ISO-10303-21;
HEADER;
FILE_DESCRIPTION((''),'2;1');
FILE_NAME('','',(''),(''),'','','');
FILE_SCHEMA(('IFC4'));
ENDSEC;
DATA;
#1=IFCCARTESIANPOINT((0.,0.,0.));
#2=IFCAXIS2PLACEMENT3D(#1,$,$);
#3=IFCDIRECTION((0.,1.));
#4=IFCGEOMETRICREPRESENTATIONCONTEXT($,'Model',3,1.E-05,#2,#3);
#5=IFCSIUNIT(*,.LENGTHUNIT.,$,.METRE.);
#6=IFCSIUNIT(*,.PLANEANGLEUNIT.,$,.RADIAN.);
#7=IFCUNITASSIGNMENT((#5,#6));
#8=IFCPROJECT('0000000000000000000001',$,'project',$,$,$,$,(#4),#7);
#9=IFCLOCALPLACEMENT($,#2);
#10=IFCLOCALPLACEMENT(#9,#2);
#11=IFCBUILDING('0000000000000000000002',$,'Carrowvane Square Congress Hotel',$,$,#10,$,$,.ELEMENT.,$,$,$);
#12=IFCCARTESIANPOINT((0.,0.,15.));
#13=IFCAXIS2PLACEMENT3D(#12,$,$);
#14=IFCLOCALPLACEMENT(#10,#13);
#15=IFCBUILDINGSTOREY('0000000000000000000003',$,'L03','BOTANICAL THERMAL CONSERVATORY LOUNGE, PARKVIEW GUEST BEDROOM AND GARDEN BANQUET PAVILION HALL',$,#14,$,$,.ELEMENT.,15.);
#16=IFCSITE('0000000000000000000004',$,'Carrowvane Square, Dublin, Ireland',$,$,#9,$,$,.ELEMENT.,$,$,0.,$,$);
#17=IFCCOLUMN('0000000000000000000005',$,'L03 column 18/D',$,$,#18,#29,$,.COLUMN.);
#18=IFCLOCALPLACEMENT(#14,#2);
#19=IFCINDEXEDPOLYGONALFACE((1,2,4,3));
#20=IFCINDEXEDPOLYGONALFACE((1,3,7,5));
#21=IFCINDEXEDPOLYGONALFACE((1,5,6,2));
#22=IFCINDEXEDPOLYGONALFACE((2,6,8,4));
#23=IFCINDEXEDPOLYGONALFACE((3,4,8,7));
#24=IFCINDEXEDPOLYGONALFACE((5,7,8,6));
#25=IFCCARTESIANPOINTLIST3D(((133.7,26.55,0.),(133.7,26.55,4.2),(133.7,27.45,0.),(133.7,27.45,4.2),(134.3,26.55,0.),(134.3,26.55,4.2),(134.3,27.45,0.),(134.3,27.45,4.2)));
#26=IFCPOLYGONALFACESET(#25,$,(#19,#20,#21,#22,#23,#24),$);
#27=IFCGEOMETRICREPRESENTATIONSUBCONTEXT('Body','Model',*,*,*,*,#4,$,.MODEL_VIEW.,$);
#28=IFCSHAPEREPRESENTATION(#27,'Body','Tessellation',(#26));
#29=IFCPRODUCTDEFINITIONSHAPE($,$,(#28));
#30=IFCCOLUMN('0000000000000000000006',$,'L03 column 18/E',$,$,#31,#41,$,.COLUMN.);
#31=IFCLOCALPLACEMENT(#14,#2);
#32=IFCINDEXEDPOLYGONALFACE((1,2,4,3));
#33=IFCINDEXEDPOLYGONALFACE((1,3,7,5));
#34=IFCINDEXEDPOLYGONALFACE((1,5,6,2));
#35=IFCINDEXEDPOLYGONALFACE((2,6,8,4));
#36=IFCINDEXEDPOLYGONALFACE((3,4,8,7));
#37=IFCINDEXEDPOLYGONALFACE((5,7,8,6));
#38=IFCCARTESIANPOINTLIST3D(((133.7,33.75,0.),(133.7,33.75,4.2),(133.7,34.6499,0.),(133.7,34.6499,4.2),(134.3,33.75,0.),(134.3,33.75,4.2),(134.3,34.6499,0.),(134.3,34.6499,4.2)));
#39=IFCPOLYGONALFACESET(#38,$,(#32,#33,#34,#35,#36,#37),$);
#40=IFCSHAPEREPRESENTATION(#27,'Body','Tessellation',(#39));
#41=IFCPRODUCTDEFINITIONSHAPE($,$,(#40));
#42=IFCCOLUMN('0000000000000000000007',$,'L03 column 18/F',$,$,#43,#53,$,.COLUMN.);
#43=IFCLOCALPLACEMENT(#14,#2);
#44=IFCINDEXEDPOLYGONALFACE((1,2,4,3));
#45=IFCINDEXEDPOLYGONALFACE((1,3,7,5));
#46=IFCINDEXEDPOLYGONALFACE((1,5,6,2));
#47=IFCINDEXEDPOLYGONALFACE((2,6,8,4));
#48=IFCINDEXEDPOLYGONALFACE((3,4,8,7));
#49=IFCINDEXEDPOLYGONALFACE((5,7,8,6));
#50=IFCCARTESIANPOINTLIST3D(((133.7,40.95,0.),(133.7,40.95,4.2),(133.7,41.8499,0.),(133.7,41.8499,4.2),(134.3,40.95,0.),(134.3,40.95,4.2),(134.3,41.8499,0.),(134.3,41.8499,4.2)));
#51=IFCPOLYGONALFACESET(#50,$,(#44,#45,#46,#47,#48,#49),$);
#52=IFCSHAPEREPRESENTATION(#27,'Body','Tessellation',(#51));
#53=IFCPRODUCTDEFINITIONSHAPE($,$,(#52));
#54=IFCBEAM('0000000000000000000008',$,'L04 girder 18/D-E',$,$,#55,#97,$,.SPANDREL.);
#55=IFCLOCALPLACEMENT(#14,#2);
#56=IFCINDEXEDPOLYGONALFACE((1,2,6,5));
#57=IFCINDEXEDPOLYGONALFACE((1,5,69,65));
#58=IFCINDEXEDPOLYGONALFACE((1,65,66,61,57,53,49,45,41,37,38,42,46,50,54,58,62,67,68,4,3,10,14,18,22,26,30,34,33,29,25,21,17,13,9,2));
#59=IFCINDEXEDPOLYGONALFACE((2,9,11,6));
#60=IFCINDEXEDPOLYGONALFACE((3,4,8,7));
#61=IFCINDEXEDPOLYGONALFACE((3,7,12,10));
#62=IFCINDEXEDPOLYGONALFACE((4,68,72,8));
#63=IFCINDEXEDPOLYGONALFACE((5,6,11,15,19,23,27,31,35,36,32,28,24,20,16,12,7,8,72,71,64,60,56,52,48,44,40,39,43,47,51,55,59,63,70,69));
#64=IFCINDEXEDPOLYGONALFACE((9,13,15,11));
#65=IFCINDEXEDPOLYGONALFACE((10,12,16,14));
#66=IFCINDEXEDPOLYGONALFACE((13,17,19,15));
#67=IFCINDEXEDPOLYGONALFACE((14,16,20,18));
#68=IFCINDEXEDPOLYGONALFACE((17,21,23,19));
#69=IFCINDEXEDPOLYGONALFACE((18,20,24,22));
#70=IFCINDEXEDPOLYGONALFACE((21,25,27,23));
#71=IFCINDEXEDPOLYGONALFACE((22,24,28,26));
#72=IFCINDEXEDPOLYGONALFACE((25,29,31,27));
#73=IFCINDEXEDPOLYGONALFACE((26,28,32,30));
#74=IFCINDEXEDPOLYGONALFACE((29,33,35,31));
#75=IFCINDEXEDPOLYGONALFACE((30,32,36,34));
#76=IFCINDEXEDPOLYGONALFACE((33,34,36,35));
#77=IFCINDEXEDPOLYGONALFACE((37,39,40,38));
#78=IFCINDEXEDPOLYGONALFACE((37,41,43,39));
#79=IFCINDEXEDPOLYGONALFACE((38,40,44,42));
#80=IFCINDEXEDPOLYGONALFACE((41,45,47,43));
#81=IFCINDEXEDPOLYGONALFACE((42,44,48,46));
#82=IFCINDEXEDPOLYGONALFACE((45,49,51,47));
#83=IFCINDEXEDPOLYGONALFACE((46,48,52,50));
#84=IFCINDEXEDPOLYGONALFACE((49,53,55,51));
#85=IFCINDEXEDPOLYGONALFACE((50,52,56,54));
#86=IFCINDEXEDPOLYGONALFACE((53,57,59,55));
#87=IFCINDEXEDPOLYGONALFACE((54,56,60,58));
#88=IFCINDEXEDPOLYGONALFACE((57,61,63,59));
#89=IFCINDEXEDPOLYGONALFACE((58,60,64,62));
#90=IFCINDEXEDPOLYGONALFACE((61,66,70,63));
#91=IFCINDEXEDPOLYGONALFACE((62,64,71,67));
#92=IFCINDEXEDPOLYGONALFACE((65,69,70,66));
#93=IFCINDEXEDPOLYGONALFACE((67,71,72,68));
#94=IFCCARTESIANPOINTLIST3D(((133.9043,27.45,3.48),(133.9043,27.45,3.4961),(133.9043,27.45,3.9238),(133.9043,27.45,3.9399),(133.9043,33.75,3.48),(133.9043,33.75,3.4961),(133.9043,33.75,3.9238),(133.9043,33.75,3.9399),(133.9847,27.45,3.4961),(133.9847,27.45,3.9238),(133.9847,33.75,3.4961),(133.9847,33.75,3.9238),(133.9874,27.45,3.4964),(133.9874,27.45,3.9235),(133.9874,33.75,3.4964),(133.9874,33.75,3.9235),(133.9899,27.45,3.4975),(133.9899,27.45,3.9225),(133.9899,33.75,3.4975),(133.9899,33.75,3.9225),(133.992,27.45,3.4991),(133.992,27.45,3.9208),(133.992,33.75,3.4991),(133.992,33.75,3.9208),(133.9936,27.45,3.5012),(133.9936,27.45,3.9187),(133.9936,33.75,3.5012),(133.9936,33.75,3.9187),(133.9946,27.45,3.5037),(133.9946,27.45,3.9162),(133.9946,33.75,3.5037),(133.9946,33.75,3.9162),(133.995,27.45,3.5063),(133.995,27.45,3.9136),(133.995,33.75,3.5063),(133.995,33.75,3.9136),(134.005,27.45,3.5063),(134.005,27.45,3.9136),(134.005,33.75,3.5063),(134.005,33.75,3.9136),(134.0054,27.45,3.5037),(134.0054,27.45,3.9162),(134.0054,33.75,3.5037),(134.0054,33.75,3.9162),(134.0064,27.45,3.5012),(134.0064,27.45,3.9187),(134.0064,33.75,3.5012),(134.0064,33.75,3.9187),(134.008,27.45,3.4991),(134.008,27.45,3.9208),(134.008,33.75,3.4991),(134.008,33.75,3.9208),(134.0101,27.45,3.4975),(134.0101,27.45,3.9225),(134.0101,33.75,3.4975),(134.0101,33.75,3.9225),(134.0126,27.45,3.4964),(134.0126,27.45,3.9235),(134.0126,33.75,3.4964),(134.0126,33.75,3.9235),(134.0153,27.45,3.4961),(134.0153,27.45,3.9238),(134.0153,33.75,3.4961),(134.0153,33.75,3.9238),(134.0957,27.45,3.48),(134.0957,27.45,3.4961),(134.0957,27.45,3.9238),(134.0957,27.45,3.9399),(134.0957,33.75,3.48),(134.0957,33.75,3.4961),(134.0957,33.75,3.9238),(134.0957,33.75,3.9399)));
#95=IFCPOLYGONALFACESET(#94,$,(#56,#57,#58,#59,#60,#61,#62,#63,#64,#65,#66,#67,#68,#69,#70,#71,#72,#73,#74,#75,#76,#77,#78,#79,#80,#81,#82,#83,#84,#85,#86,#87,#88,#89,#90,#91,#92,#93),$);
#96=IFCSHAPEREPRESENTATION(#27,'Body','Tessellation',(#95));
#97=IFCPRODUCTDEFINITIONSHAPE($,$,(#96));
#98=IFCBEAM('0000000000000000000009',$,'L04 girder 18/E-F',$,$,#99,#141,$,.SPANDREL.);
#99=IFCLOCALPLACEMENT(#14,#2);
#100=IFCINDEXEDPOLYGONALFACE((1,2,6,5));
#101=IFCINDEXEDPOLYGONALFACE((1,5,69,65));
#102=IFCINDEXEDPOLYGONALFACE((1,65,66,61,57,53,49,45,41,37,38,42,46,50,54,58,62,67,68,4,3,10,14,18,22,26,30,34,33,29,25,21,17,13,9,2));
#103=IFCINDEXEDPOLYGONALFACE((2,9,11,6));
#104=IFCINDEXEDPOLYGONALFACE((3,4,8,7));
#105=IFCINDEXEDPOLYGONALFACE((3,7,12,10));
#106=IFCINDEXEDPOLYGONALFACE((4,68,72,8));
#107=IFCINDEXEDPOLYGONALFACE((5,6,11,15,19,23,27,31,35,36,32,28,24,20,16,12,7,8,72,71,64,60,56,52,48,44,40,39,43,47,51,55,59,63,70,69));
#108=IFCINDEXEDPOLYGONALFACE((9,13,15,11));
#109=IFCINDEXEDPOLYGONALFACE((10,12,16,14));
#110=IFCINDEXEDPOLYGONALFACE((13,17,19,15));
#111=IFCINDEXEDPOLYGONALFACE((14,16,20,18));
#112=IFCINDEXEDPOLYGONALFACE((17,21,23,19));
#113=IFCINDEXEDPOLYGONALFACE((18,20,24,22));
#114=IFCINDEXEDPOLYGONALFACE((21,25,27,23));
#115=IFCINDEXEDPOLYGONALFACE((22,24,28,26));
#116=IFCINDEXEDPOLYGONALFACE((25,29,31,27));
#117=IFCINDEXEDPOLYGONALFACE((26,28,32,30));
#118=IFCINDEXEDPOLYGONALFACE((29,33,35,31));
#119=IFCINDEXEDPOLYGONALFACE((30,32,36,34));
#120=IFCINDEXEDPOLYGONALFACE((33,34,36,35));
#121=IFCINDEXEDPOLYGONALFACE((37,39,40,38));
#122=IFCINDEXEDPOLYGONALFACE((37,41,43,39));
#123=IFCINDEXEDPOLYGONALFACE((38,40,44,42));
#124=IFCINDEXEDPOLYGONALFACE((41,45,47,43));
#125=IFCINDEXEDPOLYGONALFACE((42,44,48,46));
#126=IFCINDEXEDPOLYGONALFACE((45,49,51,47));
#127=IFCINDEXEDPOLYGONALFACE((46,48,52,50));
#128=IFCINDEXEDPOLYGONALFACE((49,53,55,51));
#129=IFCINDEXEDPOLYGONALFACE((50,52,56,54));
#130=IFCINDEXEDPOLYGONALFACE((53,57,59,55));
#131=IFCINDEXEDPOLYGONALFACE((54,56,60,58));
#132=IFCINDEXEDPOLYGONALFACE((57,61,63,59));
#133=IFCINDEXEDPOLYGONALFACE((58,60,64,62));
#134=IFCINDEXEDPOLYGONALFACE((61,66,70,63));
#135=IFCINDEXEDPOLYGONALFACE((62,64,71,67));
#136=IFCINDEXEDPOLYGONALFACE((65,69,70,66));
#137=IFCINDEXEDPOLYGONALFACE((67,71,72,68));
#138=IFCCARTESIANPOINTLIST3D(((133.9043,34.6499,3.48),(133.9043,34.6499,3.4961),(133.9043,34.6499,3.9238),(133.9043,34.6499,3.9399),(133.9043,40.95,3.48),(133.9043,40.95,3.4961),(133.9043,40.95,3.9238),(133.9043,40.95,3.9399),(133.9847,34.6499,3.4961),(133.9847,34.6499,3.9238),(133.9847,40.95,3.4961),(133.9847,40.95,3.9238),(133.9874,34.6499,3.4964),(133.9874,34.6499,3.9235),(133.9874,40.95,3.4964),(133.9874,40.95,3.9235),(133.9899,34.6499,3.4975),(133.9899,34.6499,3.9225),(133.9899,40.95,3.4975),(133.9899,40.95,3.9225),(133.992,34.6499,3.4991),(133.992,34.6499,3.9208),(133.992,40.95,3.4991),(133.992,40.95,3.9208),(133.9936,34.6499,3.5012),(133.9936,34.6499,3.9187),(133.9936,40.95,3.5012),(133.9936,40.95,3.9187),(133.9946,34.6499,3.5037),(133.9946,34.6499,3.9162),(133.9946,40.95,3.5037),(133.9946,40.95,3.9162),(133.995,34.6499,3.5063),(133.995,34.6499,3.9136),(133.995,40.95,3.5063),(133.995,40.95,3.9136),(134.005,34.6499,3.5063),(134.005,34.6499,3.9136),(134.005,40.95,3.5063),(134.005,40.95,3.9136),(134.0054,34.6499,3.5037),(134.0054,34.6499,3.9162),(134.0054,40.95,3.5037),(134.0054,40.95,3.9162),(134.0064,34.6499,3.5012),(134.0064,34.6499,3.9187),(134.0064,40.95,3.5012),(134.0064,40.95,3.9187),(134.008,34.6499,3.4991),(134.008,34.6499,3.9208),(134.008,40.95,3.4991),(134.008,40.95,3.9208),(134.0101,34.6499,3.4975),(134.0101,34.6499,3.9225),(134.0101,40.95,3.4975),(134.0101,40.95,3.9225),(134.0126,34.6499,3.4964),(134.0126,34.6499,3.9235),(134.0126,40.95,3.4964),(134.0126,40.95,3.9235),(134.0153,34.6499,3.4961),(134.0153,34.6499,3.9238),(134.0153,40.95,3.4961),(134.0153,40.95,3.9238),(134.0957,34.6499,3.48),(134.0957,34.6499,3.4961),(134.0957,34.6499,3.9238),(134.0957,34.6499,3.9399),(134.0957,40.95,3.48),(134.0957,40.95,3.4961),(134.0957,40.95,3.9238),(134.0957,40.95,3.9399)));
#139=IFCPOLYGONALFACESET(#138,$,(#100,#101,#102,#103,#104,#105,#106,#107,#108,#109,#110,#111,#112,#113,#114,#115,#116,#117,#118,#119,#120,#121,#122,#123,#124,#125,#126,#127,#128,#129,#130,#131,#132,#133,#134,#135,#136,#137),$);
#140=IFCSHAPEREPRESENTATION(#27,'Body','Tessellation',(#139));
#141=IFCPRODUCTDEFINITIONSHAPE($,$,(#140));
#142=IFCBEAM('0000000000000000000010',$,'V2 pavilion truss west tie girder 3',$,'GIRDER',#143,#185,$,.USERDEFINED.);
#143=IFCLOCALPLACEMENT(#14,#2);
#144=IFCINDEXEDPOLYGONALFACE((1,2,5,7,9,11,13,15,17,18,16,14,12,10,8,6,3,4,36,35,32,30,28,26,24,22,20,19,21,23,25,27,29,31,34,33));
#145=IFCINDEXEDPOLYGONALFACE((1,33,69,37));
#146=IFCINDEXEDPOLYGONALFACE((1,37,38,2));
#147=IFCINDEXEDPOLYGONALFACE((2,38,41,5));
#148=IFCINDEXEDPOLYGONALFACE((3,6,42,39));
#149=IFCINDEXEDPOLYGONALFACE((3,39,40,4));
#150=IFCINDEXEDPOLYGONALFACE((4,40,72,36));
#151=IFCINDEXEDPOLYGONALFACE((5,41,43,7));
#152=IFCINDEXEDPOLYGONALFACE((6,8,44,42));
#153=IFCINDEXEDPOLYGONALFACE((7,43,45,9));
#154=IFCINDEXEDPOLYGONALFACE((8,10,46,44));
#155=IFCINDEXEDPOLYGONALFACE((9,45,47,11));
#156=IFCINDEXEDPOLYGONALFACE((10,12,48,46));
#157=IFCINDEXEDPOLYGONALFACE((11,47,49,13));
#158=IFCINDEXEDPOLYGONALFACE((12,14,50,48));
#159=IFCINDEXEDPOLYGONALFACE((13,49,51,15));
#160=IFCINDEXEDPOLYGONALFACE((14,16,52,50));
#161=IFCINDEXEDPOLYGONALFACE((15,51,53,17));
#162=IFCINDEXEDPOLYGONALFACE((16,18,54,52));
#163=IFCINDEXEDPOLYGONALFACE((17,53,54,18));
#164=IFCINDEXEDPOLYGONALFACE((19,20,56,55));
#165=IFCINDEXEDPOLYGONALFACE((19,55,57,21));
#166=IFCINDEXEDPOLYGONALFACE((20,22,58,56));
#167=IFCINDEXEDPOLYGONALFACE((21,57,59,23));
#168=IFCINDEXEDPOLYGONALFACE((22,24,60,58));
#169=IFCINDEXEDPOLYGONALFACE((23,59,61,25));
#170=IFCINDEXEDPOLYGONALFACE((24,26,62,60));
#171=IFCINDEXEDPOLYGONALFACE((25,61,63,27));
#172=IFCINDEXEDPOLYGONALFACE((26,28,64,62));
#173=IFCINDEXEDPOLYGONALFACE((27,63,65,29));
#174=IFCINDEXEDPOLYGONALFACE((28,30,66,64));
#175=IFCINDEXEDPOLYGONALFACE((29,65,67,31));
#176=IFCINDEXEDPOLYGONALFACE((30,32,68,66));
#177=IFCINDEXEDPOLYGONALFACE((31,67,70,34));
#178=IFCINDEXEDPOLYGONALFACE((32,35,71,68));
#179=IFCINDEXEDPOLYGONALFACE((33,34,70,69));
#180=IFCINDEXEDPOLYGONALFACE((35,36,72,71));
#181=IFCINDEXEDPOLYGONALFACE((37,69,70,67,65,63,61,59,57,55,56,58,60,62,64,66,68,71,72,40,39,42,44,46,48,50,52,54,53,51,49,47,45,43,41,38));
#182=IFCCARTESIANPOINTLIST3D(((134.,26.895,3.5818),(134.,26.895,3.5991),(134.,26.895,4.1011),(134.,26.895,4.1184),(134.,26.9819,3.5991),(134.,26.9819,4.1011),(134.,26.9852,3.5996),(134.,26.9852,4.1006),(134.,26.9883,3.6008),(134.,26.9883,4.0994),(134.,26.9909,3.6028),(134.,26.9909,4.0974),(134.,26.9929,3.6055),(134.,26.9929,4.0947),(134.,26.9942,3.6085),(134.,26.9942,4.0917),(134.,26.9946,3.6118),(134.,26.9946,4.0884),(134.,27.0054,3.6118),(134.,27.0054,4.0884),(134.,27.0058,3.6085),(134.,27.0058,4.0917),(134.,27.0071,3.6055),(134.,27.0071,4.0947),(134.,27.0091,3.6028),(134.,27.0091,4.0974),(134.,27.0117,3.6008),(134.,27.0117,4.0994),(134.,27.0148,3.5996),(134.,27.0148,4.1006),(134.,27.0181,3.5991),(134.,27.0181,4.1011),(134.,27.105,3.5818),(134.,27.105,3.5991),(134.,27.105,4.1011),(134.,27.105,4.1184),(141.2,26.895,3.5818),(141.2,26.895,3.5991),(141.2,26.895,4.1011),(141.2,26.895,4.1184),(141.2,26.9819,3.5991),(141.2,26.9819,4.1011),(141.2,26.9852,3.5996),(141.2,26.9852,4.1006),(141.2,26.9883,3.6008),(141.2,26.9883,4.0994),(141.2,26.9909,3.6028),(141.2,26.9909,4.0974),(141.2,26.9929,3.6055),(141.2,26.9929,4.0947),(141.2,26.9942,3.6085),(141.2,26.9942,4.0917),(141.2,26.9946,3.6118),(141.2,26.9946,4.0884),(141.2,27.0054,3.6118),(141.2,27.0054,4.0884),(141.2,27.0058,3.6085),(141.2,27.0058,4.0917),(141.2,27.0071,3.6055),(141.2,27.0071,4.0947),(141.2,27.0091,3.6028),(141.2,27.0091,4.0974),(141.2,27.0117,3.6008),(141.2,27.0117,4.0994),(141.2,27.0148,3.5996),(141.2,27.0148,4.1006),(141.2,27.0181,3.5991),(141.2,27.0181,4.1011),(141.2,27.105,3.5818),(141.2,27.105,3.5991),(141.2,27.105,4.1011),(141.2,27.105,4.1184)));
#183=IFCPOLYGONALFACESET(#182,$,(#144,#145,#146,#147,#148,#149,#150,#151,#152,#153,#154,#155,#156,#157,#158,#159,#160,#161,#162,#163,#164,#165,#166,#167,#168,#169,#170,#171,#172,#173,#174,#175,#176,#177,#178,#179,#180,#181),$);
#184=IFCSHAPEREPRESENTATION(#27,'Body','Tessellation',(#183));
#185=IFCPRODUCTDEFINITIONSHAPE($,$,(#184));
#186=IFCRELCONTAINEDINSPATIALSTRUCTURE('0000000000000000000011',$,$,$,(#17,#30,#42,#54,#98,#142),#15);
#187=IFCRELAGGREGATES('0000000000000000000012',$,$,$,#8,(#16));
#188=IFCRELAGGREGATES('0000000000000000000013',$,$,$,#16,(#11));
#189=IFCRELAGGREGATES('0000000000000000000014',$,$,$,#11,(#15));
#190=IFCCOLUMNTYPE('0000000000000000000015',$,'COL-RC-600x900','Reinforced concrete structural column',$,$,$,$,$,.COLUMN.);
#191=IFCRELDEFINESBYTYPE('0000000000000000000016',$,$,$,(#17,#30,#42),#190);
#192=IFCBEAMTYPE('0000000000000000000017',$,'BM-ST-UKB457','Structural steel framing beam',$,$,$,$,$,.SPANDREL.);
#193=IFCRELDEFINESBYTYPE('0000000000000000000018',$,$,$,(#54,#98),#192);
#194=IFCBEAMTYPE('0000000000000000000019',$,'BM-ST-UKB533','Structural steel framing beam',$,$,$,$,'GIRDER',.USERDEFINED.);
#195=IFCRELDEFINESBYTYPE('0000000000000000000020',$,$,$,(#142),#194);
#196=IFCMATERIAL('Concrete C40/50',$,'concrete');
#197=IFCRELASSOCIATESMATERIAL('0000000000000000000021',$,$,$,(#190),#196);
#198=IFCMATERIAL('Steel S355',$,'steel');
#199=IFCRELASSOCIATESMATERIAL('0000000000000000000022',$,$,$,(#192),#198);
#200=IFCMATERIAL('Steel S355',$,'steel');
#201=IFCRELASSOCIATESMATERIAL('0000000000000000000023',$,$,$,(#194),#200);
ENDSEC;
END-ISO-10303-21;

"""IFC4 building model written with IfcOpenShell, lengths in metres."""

from ifc_helpers import new_model, si_unit, direction, frame, origin, origin_2d, place, context, subcontext, project, spatial, rectangle, i_section, extrude, material, material_profile, profile_set, type_object, element, save


model = new_model("IFC4")

# Units and contexts
model_context = context("Model", 3, precision=1e-05, world=origin(), true_north=direction((0.0, 1.0)))
body_context = subcontext(model_context, "Body", "Model", "MODEL_VIEW")
ifc_project = project(units=[si_unit("LENGTHUNIT", "METRE"), si_unit("PLANEANGLEUNIT", "RADIAN")], contexts=[model_context])

# Site, building, storey
site_placement = place(None, origin())
site = spatial("IfcSite", under=ifc_project, at=site_placement, Name="Carrowvane Square, Dublin, Ireland", CompositionType="ELEMENT", RefElevation=0.0)
building_placement = place(site_placement, origin())
building = spatial("IfcBuilding", under=site, at=building_placement, Name="Carrowvane Square Congress Hotel", CompositionType="ELEMENT")
storey_placement = place(building_placement, frame((0.0, 0.0, 15.0)))
storey = spatial("IfcBuildingStorey", under=building, at=storey_placement, Name="L03", Description="BOTANICAL THERMAL CONSERVATORY LOUNGE, PARKVIEW GUEST BEDROOM AND GARDEN BANQUET PAVILION HALL", CompositionType="ELEMENT", Elevation=15.0)

# Columns
ifc_material_1 = material(Name="Concrete C40/50", Category="concrete")
ifc_material_profile_1 = material_profile(ifc_material_1, rectangle(XDim=0.6001, YDim=0.8999, at=origin_2d()), Name="RC 600x900")
ifc_profile_set_1 = profile_set([ifc_material_profile_1], Name="Concrete C40/50")
column_type = type_object("IfcColumnType", Name="COL-RC-600x900", Description="Reinforced concrete structural column", PredefinedType="COLUMN", material=ifc_profile_set_1)
for number, where, z_axis, x_axis, name in (
    (1, (134.0, 27.0, 0.0), (0.0, 0.0, 1.0), (1.0, 0.0, 0.0), "L03 column 18/D"),
    (2, (134.0, 34.2, 0.0), (0.0, 0.0, 1.0), (1.0, 0.0, 0.0), "L03 column 18/E"),
    (3, (134.0, 41.3999, 0.0), (0.0, 0.0, 1.0), (1.0, 0.0, 0.0), "L03 column 18/F"),
):
    element("IfcColumn", number, at=place(storey_placement, frame(where, z_axis=z_axis, x_axis=x_axis)), inside=storey, type_object=column_type, Name=name, PredefinedType="COLUMN", context=body_context, shape_type="SweptSolid", body=[
        extrude(rectangle(XDim=0.6001, YDim=0.8999, at=origin_2d()), origin(), (0.0, 0.0, 1.0), 4.2),
    ])

# Beams
ifc_material_2 = material(Name="Steel S355", Category="steel")
ifc_material_profile_2 = material_profile(ifc_material_2, i_section(OverallWidth=0.1914, OverallDepth=0.46, WebThickness=0.01, FlangeThickness=0.0161, FilletRadius=0.0103, at=origin_2d()), Name="UKB 457x191x82")
ifc_profile_set_2 = profile_set([ifc_material_profile_2], Name="Steel S355")
beam_type_1 = type_object("IfcBeamType", Name="BM-ST-UKB457", Description="Structural steel framing beam", PredefinedType="SPANDREL", material=ifc_profile_set_2)
for number, where, z_axis, x_axis, name in (
    (4, (134.0, 27.45, 3.71), (0.0, 1.0, 0.0), (-1.0, 0.0, 0.0), "L04 girder 18/D-E"),
    (5, (134.0, 34.6499, 3.71), (0.0, 1.0, 0.0), (-1.0, 0.0, 0.0), "L04 girder 18/E-F"),
):
    element("IfcBeam", number, at=place(storey_placement, frame(where, z_axis=z_axis, x_axis=x_axis)), inside=storey, type_object=beam_type_1, Name=name, PredefinedType="SPANDREL", context=body_context, shape_type="SweptSolid", body=[
        extrude(i_section(OverallWidth=0.1914, OverallDepth=0.46, WebThickness=0.01, FlangeThickness=0.0161, FilletRadius=0.0103, at=origin_2d()), origin(), (0.0, 0.0, 1.0), 6.3),
    ])
ifc_material_3 = material(Name="Steel S355", Category="steel")
ifc_material_profile_3 = material_profile(ifc_material_3, i_section(OverallWidth=0.21, OverallDepth=0.5366, WebThickness=0.0107, FlangeThickness=0.0173, FilletRadius=0.0127, at=origin_2d()), Name="UKB 533x210x101")
ifc_profile_set_3 = profile_set([ifc_material_profile_3], Name="Steel S355")
beam_type_2 = type_object("IfcBeamType", Name="BM-ST-UKB533", Description="Structural steel framing beam", ElementType="GIRDER", PredefinedType="USERDEFINED", material=ifc_profile_set_3)
for number, where, z_axis, x_axis, name in (
    (6, (134.0, 27.0, 3.8501), (1.0, 0.0, 0.0), (0.0, 1.0, 0.0), "V2 pavilion truss west tie girder 3"),
):
    element("IfcBeam", number, at=place(storey_placement, frame(where, z_axis=z_axis, x_axis=x_axis)), inside=storey, type_object=beam_type_2, Name=name, ObjectType="GIRDER", PredefinedType="USERDEFINED", context=body_context, shape_type="SweptSolid", body=[
        extrude(i_section(OverallWidth=0.21, OverallDepth=0.5366, WebThickness=0.0107, FlangeThickness=0.0173, FilletRadius=0.0127, at=origin_2d()), origin(), (0.0, 0.0, 1.0), 7.2),
    ])

save(model, "model.ifc")
